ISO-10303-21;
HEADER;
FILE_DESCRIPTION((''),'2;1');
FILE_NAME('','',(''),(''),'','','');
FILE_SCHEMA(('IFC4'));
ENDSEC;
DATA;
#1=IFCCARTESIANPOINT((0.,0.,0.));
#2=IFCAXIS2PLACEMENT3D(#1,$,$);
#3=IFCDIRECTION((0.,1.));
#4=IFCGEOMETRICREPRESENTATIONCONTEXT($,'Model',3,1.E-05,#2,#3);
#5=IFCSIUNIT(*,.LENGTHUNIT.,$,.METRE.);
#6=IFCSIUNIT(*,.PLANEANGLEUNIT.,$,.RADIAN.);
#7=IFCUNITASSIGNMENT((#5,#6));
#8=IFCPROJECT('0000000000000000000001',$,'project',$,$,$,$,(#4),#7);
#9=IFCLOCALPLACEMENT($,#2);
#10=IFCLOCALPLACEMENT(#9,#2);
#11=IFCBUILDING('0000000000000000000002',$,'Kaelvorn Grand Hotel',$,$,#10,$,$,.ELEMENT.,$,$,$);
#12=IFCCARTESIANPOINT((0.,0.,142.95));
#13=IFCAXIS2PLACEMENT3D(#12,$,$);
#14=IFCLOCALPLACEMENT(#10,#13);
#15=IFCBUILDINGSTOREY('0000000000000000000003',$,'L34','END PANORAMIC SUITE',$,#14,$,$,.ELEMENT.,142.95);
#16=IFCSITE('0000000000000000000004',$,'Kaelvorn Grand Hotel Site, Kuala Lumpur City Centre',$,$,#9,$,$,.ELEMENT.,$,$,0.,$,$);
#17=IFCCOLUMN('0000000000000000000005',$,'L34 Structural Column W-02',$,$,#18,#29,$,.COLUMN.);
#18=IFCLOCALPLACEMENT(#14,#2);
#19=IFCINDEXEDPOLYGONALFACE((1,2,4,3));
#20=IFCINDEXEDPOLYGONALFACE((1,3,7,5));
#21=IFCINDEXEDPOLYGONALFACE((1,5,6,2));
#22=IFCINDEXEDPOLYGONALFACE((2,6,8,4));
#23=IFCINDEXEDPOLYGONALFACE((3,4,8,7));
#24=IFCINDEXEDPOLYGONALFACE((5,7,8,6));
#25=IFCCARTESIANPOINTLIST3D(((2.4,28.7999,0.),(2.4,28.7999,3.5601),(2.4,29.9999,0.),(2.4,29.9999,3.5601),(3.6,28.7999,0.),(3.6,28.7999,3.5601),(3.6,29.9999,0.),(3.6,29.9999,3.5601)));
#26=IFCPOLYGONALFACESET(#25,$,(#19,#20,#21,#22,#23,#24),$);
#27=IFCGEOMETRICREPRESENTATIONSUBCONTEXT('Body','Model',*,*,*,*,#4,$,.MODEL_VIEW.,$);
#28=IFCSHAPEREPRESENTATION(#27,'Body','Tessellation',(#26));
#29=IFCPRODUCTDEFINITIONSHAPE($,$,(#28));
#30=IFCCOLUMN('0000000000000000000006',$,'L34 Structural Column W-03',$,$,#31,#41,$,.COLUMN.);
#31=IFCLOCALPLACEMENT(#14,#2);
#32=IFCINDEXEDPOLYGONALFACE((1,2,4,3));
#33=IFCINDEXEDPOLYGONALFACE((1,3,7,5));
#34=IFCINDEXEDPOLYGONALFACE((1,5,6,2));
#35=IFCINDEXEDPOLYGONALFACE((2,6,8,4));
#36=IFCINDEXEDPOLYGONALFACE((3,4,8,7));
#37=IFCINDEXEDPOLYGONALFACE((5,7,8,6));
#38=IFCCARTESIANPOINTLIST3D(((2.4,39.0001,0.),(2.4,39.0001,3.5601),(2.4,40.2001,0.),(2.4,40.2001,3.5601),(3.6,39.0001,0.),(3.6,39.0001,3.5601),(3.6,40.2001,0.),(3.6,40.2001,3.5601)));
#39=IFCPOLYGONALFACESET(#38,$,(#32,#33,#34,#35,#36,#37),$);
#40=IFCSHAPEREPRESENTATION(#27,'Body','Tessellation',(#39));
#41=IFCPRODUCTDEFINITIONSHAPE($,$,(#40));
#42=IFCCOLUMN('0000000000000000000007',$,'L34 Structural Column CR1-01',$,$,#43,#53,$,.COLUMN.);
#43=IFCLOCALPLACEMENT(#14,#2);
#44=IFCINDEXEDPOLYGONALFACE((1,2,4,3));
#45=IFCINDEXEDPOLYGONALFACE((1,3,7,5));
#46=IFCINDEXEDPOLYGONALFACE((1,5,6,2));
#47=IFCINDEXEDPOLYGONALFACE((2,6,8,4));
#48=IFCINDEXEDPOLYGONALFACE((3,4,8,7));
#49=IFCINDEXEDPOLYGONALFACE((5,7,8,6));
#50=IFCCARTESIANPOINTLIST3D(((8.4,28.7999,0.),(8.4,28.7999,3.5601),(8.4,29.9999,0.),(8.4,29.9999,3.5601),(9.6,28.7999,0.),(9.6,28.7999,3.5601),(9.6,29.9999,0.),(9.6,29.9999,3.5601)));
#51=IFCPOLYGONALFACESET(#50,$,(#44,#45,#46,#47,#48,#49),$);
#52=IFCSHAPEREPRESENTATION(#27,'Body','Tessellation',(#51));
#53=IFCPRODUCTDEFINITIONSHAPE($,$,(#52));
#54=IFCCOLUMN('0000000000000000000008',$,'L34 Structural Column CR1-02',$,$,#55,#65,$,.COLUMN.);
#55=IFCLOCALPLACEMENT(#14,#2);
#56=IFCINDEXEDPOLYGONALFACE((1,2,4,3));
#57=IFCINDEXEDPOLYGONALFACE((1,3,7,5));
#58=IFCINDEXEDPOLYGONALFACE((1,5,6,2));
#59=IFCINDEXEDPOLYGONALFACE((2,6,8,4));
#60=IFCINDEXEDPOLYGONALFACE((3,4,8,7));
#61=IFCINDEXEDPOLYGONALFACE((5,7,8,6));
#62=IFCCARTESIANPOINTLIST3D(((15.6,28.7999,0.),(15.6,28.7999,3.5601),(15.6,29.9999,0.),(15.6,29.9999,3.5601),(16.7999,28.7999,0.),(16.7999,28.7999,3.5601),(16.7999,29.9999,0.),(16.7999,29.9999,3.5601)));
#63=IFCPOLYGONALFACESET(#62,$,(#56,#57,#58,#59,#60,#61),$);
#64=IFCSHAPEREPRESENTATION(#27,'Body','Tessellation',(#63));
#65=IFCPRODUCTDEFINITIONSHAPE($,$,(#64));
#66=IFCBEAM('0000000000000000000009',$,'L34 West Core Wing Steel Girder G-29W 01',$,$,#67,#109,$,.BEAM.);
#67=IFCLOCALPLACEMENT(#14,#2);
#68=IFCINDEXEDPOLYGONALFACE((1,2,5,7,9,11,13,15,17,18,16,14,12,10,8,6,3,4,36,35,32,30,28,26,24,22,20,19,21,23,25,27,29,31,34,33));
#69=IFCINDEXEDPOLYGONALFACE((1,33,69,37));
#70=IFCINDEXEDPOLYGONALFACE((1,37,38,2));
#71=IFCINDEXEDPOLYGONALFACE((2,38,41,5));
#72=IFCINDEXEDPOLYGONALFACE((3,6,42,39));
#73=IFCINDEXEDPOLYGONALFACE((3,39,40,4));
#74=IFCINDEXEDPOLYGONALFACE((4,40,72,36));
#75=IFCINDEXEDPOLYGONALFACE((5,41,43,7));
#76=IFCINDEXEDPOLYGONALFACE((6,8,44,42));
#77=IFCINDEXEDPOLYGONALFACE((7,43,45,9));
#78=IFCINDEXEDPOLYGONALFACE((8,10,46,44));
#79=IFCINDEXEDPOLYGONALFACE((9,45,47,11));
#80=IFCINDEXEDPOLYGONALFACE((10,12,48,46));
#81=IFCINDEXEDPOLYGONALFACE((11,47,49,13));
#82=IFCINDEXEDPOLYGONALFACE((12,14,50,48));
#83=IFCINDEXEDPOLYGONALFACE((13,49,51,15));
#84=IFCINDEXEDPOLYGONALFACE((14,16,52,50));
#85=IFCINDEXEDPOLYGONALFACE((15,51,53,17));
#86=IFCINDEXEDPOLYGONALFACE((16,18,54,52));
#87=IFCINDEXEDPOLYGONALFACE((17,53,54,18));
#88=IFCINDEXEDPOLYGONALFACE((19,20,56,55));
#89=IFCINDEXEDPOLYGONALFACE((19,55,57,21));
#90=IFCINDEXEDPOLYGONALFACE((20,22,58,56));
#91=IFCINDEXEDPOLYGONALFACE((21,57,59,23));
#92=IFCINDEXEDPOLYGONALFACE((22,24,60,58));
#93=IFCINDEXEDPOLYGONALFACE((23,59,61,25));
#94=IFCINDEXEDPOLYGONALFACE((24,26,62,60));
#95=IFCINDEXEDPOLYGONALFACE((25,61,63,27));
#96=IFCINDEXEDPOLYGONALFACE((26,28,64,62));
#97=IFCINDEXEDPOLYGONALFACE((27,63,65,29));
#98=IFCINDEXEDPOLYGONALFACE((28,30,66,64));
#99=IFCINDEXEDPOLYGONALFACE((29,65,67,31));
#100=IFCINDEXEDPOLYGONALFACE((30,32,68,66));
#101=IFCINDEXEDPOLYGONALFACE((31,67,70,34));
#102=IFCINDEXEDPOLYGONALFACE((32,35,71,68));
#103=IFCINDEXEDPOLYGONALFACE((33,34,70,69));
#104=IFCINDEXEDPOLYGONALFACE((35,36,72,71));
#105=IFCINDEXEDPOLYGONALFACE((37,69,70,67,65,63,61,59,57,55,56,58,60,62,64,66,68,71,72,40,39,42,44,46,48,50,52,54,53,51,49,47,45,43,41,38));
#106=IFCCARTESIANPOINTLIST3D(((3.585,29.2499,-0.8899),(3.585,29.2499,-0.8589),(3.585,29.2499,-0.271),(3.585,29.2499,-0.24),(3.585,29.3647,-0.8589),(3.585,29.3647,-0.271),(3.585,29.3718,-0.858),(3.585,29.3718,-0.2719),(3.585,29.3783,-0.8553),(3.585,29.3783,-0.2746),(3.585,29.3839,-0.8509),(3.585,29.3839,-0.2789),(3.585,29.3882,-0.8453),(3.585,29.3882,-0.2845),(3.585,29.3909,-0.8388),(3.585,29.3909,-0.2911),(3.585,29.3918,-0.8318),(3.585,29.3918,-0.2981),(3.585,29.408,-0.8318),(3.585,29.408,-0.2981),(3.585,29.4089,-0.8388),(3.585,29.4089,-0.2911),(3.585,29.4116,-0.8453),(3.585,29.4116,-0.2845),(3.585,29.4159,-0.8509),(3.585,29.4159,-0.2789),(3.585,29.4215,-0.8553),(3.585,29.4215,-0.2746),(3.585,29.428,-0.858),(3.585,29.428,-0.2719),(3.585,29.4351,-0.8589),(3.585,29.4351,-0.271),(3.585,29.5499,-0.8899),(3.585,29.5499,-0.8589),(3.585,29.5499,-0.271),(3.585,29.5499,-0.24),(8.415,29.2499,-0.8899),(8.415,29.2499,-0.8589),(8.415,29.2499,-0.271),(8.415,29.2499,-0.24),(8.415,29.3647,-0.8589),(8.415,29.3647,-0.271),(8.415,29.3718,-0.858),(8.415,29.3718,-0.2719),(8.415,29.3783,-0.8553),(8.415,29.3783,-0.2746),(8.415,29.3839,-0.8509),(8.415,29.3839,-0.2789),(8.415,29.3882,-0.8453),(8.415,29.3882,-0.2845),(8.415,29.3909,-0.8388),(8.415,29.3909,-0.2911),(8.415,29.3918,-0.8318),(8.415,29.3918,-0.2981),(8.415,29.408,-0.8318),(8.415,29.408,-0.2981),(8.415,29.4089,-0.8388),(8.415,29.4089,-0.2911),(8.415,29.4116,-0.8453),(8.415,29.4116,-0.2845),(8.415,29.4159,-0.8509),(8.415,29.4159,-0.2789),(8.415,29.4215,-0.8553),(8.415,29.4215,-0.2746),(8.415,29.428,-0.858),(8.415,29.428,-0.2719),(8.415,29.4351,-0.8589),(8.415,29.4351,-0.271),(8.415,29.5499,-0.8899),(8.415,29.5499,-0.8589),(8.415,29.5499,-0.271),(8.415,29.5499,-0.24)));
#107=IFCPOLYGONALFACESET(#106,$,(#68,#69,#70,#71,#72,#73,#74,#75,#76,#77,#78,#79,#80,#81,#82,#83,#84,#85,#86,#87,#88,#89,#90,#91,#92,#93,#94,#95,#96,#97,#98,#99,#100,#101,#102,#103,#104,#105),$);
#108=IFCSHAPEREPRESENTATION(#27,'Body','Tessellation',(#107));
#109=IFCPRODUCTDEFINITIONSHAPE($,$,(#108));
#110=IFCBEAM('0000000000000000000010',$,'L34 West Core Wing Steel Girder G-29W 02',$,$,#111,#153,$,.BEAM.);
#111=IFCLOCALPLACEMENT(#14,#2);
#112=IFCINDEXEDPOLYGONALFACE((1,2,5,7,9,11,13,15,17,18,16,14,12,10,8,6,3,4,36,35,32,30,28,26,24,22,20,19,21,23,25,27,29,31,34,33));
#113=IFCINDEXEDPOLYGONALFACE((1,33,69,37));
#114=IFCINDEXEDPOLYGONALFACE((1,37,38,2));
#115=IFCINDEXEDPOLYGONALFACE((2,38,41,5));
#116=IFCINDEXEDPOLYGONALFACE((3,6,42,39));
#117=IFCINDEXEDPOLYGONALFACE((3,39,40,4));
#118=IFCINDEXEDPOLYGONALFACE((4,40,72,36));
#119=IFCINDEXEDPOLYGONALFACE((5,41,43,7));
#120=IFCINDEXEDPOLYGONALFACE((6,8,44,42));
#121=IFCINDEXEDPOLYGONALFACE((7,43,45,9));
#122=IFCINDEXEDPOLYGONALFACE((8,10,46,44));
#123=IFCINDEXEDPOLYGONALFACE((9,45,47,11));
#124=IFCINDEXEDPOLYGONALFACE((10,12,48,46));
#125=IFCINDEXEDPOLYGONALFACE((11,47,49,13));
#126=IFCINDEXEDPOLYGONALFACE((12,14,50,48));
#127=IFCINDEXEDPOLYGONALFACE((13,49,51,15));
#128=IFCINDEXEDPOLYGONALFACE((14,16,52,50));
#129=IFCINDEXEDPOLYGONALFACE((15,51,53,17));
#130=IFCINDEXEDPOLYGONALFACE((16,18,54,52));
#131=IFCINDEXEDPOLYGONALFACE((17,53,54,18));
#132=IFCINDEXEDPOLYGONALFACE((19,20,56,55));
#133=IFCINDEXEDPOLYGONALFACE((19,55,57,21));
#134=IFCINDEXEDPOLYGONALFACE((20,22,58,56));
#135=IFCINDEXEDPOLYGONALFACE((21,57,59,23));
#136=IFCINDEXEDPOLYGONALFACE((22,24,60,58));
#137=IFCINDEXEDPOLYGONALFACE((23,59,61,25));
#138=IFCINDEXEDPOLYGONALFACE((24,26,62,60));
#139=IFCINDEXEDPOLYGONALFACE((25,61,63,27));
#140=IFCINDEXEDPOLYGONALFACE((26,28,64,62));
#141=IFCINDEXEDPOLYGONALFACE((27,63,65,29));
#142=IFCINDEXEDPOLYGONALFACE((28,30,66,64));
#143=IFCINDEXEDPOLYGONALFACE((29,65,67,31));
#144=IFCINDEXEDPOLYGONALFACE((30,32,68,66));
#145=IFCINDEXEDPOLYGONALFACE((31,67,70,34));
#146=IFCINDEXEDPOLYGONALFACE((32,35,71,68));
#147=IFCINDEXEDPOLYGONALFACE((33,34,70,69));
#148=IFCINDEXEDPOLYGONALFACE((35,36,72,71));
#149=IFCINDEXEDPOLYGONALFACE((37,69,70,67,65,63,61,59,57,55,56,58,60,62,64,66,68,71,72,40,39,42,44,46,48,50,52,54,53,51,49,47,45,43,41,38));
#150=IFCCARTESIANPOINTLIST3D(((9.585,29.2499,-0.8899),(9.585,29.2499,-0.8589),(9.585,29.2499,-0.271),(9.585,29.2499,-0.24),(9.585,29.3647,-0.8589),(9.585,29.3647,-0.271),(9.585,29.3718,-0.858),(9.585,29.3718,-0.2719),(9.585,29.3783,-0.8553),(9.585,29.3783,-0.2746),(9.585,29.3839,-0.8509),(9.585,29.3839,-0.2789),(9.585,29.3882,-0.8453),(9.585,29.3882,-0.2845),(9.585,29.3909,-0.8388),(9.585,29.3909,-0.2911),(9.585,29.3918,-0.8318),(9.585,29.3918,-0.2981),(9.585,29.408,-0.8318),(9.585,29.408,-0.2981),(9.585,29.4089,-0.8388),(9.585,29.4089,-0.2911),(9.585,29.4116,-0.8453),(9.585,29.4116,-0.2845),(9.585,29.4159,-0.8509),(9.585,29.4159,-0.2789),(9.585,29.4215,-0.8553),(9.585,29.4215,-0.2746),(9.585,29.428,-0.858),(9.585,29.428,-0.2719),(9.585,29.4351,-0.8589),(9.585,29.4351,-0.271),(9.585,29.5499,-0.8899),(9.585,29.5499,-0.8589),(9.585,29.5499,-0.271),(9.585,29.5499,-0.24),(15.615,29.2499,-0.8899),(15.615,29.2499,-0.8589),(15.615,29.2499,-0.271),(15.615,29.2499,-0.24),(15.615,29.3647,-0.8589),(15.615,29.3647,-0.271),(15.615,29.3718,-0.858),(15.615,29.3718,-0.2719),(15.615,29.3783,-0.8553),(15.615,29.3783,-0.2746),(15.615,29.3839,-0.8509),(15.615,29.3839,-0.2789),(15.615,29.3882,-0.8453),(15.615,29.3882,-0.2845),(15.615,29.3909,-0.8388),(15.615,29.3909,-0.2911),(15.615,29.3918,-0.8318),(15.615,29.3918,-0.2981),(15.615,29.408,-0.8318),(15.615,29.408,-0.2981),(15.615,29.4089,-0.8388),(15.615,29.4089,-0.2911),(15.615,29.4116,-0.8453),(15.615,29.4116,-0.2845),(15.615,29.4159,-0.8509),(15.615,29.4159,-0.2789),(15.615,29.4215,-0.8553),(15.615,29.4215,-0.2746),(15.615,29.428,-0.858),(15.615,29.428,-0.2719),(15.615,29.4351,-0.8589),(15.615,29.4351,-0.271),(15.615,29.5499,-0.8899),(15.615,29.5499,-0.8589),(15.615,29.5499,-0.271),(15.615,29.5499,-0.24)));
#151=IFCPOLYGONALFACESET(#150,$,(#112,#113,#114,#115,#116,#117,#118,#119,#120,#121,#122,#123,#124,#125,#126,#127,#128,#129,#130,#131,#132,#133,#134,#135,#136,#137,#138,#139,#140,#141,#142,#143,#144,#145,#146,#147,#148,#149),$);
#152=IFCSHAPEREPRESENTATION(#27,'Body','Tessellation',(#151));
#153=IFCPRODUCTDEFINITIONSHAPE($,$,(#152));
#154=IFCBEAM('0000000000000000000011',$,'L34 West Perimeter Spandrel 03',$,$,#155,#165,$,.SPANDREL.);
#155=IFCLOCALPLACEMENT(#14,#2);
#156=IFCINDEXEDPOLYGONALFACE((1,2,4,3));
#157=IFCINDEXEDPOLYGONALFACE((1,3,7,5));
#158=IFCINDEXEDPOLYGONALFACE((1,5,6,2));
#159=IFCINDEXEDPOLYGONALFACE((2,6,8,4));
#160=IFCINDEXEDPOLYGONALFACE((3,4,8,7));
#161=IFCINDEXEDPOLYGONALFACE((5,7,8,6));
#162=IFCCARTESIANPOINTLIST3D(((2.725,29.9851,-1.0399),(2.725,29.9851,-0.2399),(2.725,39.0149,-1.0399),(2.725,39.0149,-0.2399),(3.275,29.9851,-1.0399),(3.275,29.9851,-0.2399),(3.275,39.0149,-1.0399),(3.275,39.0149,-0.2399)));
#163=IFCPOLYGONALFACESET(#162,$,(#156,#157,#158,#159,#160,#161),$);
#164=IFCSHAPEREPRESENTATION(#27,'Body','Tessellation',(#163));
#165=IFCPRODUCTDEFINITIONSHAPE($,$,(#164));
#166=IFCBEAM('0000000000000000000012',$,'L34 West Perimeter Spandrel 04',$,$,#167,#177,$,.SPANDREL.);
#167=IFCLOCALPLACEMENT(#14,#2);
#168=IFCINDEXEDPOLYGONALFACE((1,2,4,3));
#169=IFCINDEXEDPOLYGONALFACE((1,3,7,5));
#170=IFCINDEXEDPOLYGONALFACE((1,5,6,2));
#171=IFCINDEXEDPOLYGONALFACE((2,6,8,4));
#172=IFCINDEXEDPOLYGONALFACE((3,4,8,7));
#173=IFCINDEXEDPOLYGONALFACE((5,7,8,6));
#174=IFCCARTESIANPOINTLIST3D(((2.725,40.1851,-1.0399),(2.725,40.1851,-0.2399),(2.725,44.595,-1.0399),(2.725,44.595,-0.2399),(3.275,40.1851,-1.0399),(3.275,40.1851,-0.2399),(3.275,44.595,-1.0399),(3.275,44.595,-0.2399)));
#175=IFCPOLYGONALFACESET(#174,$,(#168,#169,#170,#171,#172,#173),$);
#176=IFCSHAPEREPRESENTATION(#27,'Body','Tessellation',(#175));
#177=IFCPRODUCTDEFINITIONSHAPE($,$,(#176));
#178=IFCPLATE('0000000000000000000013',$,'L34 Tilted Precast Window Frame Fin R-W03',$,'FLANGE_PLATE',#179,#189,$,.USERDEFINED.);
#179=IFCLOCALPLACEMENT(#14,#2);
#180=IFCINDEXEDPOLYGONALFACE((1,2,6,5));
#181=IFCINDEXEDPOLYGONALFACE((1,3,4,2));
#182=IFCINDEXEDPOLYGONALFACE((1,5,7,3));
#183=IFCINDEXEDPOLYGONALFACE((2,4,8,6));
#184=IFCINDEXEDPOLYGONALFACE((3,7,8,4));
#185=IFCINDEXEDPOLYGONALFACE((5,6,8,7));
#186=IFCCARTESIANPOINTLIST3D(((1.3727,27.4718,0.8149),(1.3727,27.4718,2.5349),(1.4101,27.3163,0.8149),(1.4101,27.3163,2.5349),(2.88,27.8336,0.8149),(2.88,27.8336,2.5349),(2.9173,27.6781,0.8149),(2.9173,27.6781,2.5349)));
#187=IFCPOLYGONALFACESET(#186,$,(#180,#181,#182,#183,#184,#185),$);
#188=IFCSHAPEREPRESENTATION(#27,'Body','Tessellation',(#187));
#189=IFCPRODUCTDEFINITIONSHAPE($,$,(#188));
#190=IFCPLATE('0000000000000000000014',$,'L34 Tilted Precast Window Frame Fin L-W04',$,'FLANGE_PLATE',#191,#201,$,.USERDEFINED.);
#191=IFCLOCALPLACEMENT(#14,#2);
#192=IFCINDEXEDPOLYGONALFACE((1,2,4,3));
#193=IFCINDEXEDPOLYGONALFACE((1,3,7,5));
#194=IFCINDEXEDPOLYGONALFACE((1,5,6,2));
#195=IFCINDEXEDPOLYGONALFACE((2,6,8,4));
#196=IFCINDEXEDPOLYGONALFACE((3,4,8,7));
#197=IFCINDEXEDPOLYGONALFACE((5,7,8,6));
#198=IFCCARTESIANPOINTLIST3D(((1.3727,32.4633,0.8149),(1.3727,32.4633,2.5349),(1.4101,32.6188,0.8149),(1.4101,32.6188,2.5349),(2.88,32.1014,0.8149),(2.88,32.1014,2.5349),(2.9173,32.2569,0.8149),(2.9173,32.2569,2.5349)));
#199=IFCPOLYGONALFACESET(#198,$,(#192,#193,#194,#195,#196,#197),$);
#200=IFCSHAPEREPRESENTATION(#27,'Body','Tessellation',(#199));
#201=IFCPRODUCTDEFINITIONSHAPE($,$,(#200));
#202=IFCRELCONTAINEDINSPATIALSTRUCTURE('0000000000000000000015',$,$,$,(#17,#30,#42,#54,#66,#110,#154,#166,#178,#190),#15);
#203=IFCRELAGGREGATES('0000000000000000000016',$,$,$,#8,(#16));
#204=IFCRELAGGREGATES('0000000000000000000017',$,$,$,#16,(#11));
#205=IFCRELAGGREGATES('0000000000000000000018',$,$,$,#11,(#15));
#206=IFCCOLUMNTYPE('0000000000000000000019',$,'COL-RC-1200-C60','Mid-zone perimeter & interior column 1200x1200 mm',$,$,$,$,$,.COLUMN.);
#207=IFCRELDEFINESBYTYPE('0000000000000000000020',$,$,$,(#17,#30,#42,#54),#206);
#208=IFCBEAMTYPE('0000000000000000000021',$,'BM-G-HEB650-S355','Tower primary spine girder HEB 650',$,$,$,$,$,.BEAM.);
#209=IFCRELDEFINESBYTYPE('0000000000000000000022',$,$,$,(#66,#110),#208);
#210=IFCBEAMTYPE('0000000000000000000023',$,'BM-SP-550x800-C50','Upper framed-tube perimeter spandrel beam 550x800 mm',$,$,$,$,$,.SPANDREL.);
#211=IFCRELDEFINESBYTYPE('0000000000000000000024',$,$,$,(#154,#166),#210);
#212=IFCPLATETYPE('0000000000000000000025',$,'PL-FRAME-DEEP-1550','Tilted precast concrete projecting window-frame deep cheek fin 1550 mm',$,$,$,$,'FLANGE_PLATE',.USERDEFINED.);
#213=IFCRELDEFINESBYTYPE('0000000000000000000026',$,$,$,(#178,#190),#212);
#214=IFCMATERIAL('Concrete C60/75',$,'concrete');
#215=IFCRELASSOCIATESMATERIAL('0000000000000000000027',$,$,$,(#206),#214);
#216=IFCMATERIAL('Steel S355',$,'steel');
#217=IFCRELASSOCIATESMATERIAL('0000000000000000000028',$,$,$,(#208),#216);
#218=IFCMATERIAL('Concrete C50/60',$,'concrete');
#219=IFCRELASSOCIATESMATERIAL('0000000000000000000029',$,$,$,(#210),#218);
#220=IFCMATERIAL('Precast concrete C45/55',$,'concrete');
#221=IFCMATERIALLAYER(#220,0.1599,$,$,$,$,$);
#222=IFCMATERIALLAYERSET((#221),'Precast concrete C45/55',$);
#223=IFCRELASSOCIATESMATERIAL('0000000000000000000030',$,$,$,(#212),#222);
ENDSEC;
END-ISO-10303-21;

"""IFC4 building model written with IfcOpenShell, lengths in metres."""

from ifc_helpers import new_model, si_unit, direction, frame, origin, origin_2d, place, context, subcontext, project, spatial, rectangle, i_section, extrude, material, layer, layer_set, material_profile, profile_set, type_object, element, save


model = new_model("IFC4")

# Units and contexts
model_context = context("Model", 3, precision=1e-05, world=origin(), true_north=direction((0.0, 1.0)))
body_context = subcontext(model_context, "Body", "Model", "MODEL_VIEW")
ifc_project = project(units=[si_unit("LENGTHUNIT", "METRE"), si_unit("PLANEANGLEUNIT", "RADIAN")], contexts=[model_context])

# Site, building, storey
site_placement = place(None, origin())
site = spatial("IfcSite", under=ifc_project, at=site_placement, Name="Kaelvorn Grand Hotel Site, Kuala Lumpur City Centre", CompositionType="ELEMENT", RefElevation=0.0)
building_placement = place(site_placement, origin())
building = spatial("IfcBuilding", under=site, at=building_placement, Name="Kaelvorn Grand Hotel", CompositionType="ELEMENT")
storey_placement = place(building_placement, frame((0.0, 0.0, 142.95)))
storey = spatial("IfcBuildingStorey", under=building, at=storey_placement, Name="L34", Description="END PANORAMIC SUITE", CompositionType="ELEMENT", Elevation=142.95)

# Columns
ifc_material_1 = material(Name="Concrete C60/75", Category="concrete")
ifc_material_profile_1 = material_profile(ifc_material_1, rectangle(XDim=1.2, YDim=1.2, at=origin_2d()), Name="RC COL 1200x1200")
ifc_profile_set_1 = profile_set([ifc_material_profile_1], Name="Concrete C60/75")
column_type = type_object("IfcColumnType", Name="COL-RC-1200-C60", Description="Mid-zone perimeter & interior column 1200x1200 mm", PredefinedType="COLUMN", material=ifc_profile_set_1)
for number, where, z_axis, x_axis, name in (
    (1, (3.0, 29.3999, 0.0), (0.0, 0.0, 1.0), (1.0, 0.0, 0.0), "L34 Structural Column W-02"),
    (2, (3.0, 39.6001, 0.0), (0.0, 0.0, 1.0), (1.0, 0.0, 0.0), "L34 Structural Column W-03"),
    (3, (9.0, 29.3999, 0.0), (0.0, 0.0, 1.0), (1.0, 0.0, 0.0), "L34 Structural Column CR1-01"),
    (4, (16.2, 29.3999, 0.0), (0.0, 0.0, 1.0), (1.0, 0.0, 0.0), "L34 Structural Column CR1-02"),
):
    element("IfcColumn", number, at=place(storey_placement, frame(where, z_axis=z_axis, x_axis=x_axis)), inside=storey, type_object=column_type, Name=name, PredefinedType="COLUMN", context=body_context, shape_type="SweptSolid", body=[
        extrude(rectangle(XDim=1.2, YDim=1.2, at=origin_2d()), origin(), (0.0, 0.0, 1.0), 3.5601),
    ])

# Beams
ifc_material_2 = material(Name="Steel S355", Category="steel")
ifc_material_profile_2 = material_profile(ifc_material_2, i_section(OverallWidth=0.3, OverallDepth=0.6499, WebThickness=0.0161, FlangeThickness=0.031, FilletRadius=0.0271, at=origin_2d()), Name="HEB 650")
ifc_profile_set_2 = profile_set([ifc_material_profile_2], Name="Steel S355")
beam_type_1 = type_object("IfcBeamType", Name="BM-G-HEB650-S355", Description="Tower primary spine girder HEB 650", PredefinedType="BEAM", material=ifc_profile_set_2)
beam_1_placement = place(storey_placement, frame((3.585, 29.3999, -0.5649), z_axis=(1.0, 0.0, 0.0), x_axis=(0.0, 1.0, 0.0)))
element("IfcBeam", 5, at=beam_1_placement, inside=storey, type_object=beam_type_1, Name="L34 West Core Wing Steel Girder G-29W 01", PredefinedType="BEAM", context=body_context, shape_type="SweptSolid", body=[
    extrude(i_section(OverallWidth=0.3, OverallDepth=0.6499, WebThickness=0.0161, FlangeThickness=0.031, FilletRadius=0.0271, at=origin_2d()), origin(), (0.0, 0.0, 1.0), 4.8301),
])
beam_2_placement = place(storey_placement, frame((9.585, 29.3999, -0.5649), z_axis=(1.0, 0.0, 0.0), x_axis=(0.0, 1.0, 0.0)))
element("IfcBeam", 6, at=beam_2_placement, inside=storey, type_object=beam_type_1, Name="L34 West Core Wing Steel Girder G-29W 02", PredefinedType="BEAM", context=body_context, shape_type="SweptSolid", body=[
    extrude(i_section(OverallWidth=0.3, OverallDepth=0.6499, WebThickness=0.0161, FlangeThickness=0.031, FilletRadius=0.0271, at=origin_2d()), origin(), (0.0, 0.0, 1.0), 6.03),
])
ifc_material_3 = material(Name="Concrete C50/60", Category="concrete")
ifc_material_profile_3 = material_profile(ifc_material_3, rectangle(XDim=0.55, YDim=0.8, at=origin_2d()), Name="RC SPANDREL 550x800")
ifc_profile_set_3 = profile_set([ifc_material_profile_3], Name="Concrete C50/60")
beam_type_2 = type_object("IfcBeamType", Name="BM-SP-550x800-C50", Description="Upper framed-tube perimeter spandrel beam 550x800 mm", PredefinedType="SPANDREL", material=ifc_profile_set_3)
beam_3_placement = place(storey_placement, frame((3.0, 29.9851, -0.6399), z_axis=(0.0, 1.0, 0.0), x_axis=(-1.0, 0.0, 0.0)))
element("IfcBeam", 7, at=beam_3_placement, inside=storey, type_object=beam_type_2, Name="L34 West Perimeter Spandrel 03", PredefinedType="SPANDREL", context=body_context, shape_type="SweptSolid", body=[
    extrude(rectangle(XDim=0.55, YDim=0.8, at=origin_2d()), origin(), (0.0, 0.0, 1.0), 9.0298),
])
beam_4_placement = place(storey_placement, frame((3.0, 40.1851, -0.6399), z_axis=(0.0, 1.0, 0.0), x_axis=(-1.0, 0.0, 0.0)))
element("IfcBeam", 8, at=beam_4_placement, inside=storey, type_object=beam_type_2, Name="L34 West Perimeter Spandrel 04", PredefinedType="SPANDREL", context=body_context, shape_type="SweptSolid", body=[
    extrude(rectangle(XDim=0.55, YDim=0.8, at=origin_2d()), origin(), (0.0, 0.0, 1.0), 4.4099),
])

# Plates
ifc_material_4 = material(Name="Precast concrete C45/55", Category="concrete")
ifc_layer_1 = layer(ifc_material_4, 0.1599)
ifc_layer_set_1 = layer_set([ifc_layer_1], Name="Precast concrete C45/55")
plate_type_1 = type_object("IfcPlateType", Name="PL-FRAME-DEEP-1550", Description="Tilted precast concrete projecting window-frame deep cheek fin 1550 mm", ElementType="FLANGE_PLATE", PredefinedType="USERDEFINED", material=ifc_layer_set_1)
for number, where, z_axis, x_axis, name in (
    (9, (2.145, 27.575, 0.8149), (0.0, 0.0, 1.0), (-0.233445, 0.97237, 0.0), "L34 Tilted Precast Window Frame Fin R-W03"),
    (10, (2.145, 32.3601, 0.8149), (0.0, 0.0, 1.0), (0.233445, 0.97237, 0.0), "L34 Tilted Precast Window Frame Fin L-W04"),
):
    element("IfcPlate", number, at=place(storey_placement, frame(where, z_axis=z_axis, x_axis=x_axis)), inside=storey, type_object=plate_type_1, Name=name, ObjectType="FLANGE_PLATE", PredefinedType="USERDEFINED", context=body_context, shape_type="SweptSolid", body=[
        extrude(rectangle(XDim=0.1599, YDim=1.55, at=origin_2d()), origin(), (0.0, 0.0, 1.0), 1.72),
    ])

save(model, "model.ifc")
